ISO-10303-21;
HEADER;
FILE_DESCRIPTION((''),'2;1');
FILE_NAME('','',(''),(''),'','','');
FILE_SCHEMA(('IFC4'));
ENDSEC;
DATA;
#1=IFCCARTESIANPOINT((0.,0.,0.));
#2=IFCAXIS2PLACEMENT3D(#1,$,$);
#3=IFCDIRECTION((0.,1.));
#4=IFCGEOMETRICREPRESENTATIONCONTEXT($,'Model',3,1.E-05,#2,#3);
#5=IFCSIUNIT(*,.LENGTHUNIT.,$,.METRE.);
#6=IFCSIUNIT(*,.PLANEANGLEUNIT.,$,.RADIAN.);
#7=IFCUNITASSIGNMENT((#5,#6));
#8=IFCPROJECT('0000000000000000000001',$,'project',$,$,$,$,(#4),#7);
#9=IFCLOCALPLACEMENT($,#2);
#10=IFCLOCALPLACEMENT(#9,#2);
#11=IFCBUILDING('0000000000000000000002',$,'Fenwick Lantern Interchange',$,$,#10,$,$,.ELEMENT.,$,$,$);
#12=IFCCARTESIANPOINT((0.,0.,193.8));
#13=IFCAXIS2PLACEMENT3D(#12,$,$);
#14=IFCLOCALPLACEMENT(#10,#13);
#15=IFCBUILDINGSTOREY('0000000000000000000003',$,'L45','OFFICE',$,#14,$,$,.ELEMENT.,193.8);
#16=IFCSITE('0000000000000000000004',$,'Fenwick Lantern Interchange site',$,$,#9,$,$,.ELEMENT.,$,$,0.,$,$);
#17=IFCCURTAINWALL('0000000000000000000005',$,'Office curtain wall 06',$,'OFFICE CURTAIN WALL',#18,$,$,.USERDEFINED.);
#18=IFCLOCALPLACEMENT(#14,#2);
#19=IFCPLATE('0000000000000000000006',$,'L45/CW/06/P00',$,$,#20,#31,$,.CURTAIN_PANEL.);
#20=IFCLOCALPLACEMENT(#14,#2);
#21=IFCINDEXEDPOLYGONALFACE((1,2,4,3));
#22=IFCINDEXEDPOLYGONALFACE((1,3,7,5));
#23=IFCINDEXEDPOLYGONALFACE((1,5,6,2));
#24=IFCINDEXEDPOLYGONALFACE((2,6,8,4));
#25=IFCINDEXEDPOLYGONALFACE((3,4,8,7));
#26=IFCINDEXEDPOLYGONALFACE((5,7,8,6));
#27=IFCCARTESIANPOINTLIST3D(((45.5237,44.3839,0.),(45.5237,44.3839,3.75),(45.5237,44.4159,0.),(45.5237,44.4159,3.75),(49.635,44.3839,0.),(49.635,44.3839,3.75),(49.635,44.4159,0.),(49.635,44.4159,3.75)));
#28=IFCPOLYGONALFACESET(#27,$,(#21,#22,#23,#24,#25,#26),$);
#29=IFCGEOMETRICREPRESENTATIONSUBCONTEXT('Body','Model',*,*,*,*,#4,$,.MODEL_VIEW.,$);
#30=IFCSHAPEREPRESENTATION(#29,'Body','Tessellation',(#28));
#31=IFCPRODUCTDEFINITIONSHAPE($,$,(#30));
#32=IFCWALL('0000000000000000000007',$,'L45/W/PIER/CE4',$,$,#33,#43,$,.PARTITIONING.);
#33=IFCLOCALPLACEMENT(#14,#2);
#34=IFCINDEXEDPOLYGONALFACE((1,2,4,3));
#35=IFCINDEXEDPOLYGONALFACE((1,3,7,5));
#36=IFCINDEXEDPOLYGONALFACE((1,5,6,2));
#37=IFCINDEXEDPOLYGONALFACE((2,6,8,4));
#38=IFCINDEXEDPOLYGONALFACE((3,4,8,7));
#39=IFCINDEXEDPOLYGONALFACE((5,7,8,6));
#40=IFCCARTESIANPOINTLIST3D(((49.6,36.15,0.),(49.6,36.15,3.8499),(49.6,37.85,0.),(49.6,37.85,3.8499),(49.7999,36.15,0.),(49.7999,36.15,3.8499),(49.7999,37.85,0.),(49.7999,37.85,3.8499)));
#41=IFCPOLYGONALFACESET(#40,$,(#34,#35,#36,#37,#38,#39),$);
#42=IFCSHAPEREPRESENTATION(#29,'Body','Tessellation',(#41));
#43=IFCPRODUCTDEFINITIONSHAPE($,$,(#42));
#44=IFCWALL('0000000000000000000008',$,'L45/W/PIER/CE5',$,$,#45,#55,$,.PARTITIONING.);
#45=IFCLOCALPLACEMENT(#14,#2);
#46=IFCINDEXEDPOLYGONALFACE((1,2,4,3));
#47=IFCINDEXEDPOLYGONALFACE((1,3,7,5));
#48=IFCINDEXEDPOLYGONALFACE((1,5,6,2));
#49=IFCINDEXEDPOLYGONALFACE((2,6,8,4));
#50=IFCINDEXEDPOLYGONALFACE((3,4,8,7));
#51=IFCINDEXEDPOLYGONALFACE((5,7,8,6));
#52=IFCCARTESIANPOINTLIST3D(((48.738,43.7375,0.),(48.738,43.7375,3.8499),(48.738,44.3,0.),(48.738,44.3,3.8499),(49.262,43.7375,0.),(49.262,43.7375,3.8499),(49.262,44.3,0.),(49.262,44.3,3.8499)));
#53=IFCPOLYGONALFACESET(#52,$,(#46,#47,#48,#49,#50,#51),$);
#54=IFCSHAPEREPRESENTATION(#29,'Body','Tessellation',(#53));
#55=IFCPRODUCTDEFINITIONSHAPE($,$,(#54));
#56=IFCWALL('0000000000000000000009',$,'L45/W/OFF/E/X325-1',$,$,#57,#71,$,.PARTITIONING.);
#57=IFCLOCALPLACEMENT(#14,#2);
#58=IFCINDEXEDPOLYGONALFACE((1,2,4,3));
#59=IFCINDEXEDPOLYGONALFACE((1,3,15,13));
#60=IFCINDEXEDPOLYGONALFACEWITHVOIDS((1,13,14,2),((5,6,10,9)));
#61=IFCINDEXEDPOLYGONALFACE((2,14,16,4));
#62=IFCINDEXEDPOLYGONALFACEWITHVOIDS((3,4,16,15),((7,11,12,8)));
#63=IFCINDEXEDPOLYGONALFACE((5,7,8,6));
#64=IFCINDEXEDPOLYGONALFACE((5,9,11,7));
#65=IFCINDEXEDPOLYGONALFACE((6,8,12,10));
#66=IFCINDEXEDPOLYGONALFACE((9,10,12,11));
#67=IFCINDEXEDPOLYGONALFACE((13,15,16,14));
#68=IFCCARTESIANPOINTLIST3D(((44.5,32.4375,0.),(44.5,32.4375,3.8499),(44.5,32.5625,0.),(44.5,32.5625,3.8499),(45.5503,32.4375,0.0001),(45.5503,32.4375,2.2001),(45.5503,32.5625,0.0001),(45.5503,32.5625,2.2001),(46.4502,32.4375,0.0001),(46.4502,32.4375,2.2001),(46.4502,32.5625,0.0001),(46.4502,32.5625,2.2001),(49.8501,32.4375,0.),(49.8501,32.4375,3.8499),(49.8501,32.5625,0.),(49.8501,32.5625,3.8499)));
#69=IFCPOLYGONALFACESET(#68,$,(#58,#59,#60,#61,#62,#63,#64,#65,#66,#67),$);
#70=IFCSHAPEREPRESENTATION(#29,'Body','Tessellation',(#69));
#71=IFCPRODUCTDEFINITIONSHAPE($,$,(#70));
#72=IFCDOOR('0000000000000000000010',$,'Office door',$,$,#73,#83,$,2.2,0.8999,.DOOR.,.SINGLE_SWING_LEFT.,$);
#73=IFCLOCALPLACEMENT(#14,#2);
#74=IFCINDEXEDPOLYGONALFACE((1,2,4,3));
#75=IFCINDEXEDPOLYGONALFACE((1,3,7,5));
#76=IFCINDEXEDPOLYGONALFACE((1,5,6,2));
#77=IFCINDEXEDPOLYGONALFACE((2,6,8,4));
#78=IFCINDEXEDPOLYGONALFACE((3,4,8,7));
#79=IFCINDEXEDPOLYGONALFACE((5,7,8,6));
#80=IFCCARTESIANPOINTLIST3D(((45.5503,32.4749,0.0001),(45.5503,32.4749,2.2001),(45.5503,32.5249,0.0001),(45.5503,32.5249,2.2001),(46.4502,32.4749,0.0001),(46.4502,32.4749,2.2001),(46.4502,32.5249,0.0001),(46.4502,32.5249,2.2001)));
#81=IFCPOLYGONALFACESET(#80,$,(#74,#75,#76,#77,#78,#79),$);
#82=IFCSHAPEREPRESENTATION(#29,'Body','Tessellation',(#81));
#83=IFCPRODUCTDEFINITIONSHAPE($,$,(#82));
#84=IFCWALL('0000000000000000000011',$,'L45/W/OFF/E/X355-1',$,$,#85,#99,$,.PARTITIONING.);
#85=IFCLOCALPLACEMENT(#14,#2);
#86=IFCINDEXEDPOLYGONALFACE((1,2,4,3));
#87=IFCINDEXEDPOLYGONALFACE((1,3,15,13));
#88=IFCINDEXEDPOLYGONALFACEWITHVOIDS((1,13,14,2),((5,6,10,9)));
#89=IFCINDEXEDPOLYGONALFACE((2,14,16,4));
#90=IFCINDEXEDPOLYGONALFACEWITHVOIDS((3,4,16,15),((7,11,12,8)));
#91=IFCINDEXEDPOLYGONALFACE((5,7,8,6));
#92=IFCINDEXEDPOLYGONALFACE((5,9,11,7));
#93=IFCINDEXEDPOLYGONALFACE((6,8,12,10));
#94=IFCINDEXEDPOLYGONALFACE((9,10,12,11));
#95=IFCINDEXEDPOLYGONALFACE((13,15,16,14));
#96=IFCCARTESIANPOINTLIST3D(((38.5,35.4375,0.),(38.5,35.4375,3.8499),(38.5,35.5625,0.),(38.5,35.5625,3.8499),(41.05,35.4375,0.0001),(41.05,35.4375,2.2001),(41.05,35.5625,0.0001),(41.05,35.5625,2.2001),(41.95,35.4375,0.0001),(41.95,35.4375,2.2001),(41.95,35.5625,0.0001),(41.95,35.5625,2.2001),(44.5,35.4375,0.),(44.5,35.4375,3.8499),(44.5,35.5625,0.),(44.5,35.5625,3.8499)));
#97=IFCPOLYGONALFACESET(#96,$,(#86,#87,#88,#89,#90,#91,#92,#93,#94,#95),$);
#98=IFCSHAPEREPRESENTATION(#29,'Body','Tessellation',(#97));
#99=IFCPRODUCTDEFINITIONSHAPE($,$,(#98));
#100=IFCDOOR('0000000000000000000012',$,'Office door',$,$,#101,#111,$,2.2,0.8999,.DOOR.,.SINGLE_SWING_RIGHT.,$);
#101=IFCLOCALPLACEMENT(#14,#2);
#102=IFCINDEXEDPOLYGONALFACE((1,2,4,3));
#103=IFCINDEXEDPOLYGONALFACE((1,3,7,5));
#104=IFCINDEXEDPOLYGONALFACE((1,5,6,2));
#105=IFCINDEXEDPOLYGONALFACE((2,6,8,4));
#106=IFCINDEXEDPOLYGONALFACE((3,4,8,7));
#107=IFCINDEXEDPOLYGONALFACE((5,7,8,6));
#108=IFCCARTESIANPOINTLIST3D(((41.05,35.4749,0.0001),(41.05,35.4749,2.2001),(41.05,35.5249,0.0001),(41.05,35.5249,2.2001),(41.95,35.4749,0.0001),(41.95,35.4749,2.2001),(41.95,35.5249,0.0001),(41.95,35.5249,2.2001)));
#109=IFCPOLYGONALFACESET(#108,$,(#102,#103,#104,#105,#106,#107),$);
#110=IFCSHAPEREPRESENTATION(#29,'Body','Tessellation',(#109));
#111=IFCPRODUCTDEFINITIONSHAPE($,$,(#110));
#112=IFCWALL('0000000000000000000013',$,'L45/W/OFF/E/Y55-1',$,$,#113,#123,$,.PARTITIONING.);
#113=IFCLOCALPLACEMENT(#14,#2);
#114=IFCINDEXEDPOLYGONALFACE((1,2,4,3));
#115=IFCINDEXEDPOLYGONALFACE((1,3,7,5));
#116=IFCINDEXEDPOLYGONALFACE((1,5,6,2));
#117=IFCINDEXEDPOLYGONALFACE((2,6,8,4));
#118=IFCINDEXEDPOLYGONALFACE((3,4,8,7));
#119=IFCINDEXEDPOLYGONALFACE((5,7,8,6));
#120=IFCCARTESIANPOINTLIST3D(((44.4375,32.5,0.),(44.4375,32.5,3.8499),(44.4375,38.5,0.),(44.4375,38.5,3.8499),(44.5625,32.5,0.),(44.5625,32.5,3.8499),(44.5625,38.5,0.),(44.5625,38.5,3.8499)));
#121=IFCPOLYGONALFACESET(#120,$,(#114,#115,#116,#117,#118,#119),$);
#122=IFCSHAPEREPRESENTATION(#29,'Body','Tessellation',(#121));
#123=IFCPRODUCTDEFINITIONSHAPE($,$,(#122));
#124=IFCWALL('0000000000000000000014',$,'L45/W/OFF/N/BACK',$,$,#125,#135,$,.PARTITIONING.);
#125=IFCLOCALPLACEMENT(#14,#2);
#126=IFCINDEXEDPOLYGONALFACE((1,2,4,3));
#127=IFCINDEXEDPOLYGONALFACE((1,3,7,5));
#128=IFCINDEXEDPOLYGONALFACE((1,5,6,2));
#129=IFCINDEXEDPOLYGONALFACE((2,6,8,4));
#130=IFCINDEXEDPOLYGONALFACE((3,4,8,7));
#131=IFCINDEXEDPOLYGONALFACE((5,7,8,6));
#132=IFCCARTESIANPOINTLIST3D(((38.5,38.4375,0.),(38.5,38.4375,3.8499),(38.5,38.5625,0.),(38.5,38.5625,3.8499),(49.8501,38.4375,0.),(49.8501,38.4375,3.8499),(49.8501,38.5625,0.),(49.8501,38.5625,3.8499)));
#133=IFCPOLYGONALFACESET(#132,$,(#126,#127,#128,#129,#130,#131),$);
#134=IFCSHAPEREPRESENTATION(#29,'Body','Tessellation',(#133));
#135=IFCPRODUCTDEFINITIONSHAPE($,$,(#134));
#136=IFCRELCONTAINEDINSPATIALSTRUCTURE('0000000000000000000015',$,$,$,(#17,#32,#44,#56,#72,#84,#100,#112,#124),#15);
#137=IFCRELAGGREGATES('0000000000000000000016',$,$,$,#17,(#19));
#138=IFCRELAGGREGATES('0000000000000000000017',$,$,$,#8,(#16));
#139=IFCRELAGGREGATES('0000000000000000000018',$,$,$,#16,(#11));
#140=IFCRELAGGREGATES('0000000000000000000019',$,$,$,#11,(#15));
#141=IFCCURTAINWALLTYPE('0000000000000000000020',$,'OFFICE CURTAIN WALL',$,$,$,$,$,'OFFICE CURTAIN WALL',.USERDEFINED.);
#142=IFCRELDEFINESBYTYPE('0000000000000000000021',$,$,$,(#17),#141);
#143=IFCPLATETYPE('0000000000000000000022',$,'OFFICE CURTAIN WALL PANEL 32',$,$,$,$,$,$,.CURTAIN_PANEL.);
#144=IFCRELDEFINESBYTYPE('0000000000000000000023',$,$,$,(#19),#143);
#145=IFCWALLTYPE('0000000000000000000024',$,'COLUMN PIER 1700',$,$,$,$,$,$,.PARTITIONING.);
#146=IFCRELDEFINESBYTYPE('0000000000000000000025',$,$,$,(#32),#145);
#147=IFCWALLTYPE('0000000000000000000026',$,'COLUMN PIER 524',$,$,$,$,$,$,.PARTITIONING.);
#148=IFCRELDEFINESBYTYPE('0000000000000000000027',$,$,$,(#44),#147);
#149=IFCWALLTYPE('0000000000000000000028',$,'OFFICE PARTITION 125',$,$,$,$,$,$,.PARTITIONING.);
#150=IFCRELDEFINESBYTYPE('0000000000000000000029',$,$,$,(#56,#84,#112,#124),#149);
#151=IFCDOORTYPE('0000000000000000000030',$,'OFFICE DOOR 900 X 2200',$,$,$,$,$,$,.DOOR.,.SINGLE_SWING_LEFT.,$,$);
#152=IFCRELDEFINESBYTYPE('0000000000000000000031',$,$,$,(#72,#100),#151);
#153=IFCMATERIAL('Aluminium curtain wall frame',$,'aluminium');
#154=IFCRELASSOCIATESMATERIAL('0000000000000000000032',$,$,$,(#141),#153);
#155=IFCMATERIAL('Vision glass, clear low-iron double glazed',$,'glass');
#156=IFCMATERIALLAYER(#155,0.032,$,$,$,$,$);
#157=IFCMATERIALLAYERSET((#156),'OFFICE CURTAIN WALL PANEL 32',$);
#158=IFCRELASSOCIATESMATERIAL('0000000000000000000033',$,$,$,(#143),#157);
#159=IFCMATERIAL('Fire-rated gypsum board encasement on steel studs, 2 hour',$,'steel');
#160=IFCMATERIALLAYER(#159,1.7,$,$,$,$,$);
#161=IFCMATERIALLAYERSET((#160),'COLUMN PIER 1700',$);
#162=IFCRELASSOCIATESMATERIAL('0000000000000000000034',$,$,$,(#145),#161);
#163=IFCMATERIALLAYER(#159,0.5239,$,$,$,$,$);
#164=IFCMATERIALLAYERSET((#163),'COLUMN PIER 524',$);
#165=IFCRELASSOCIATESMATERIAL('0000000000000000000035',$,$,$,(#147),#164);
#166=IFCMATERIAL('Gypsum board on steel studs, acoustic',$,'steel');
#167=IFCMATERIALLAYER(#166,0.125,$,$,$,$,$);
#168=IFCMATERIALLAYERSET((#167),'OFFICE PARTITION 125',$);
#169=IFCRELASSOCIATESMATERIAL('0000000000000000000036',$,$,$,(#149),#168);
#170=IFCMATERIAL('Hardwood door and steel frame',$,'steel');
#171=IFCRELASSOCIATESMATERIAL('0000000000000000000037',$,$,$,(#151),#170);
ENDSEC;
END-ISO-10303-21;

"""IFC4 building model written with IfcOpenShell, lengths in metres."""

from ifc_helpers import new_model, si_unit, direction, frame, frame_2d, origin, origin_2d, place, context, subcontext, project, spatial, rectangle, extrude, material, layer, layer_set, type_object, element, fill, aggregate, save


model = new_model("IFC4")

# Units and contexts
model_context = context("Model", 3, precision=1e-05, world=origin(), true_north=direction((0.0, 1.0)))
body_context = subcontext(model_context, "Body", "Model", "MODEL_VIEW")
ifc_project = project(units=[si_unit("LENGTHUNIT", "METRE"), si_unit("PLANEANGLEUNIT", "RADIAN")], contexts=[model_context])

# Site, building, storey
site_placement = place(None, origin())
site = spatial("IfcSite", under=ifc_project, at=site_placement, Name="Fenwick Lantern Interchange site", CompositionType="ELEMENT", RefElevation=0.0)
building_placement = place(site_placement, origin())
building = spatial("IfcBuilding", under=site, at=building_placement, Name="Fenwick Lantern Interchange", CompositionType="ELEMENT")
storey_placement = place(building_placement, frame((0.0, 0.0, 193.8)))
storey = spatial("IfcBuildingStorey", under=building, at=storey_placement, Name="L45", Description="OFFICE", CompositionType="ELEMENT", Elevation=193.8)

# Curtain wall
ifc_material_1 = material(Name="Aluminium curtain wall frame", Category="aluminium")
curtain_wall_type = type_object("IfcCurtainWallType", Name="OFFICE CURTAIN WALL", ElementType="OFFICE CURTAIN WALL", PredefinedType="USERDEFINED", material=ifc_material_1)
curtain_wall_1_placement = place(storey_placement, origin())
curtain_wall_1 = element("IfcCurtainWall", 1, at=curtain_wall_1_placement, inside=storey, type_object=curtain_wall_type, Name="Office curtain wall 06", ObjectType="OFFICE CURTAIN WALL", PredefinedType="USERDEFINED")

# Plate
ifc_material_2 = material(Name="Vision glass, clear low-iron double glazed", Category="glass")
ifc_layer_1 = layer(ifc_material_2, 0.032)
ifc_layer_set_1 = layer_set([ifc_layer_1], Name="OFFICE CURTAIN WALL PANEL 32")
plate_type = type_object("IfcPlateType", Name="OFFICE CURTAIN WALL PANEL 32", PredefinedType="CURTAIN_PANEL", material=ifc_layer_set_1)
plate_placement = place(storey_placement, frame((47.5793, 44.3999, 0.0), z_axis=(0.0, 0.0, 1.0), x_axis=(-1.0, 0.0, 0.0)))
plate = element("IfcPlate", 2, at=plate_placement, type_object=plate_type, Name="L45/CW/06/P00", PredefinedType="CURTAIN_PANEL", context=body_context, shape_type="SweptSolid", body=[
    extrude(rectangle(XDim=4.1113, YDim=0.032, at=origin_2d()), origin(), (0.0, 0.0, 1.0), 3.75),
])
aggregate(curtain_wall_1, [plate])

# Walls
ifc_material_3 = material(Name="Fire-rated gypsum board encasement on steel studs, 2 hour", Category="steel")
ifc_layer_2 = layer(ifc_material_3, 1.7)
ifc_layer_set_2 = layer_set([ifc_layer_2], Name="COLUMN PIER 1700")
wall_type_1 = type_object("IfcWallType", Name="COLUMN PIER 1700", PredefinedType="PARTITIONING", material=ifc_layer_set_2)
wall_1_placement = place(storey_placement, frame((49.8, 37.0, 0.0), z_axis=(0.0, 0.0, 1.0), x_axis=(-1.0, 0.0, 0.0)))
element("IfcWall", 3, at=wall_1_placement, inside=storey, type_object=wall_type_1, Name="L45/W/PIER/CE4", PredefinedType="PARTITIONING", context=body_context, shape_type="SweptSolid", body=[
    extrude(rectangle(XDim=0.2, YDim=1.7, at=frame_2d((0.1001, 0.0))), origin(), (0.0, 0.0, 1.0), 3.8499),
])
ifc_layer_3 = layer(ifc_material_3, 0.5239)
ifc_layer_set_3 = layer_set([ifc_layer_3], Name="COLUMN PIER 524")
wall_type_2 = type_object("IfcWallType", Name="COLUMN PIER 524", PredefinedType="PARTITIONING", material=ifc_layer_set_3)
wall_2_placement = place(storey_placement, frame((49.0, 44.3, 0.0), z_axis=(0.0, 0.0, 1.0), x_axis=(0.0, -1.0, 0.0)))
element("IfcWall", 4, at=wall_2_placement, inside=storey, type_object=wall_type_2, Name="L45/W/PIER/CE5", PredefinedType="PARTITIONING", context=body_context, shape_type="SweptSolid", body=[
    extrude(rectangle(XDim=0.5625, YDim=0.5239, at=frame_2d((0.2812, 0.0))), origin(), (0.0, 0.0, 1.0), 3.8499),
])

# Walls, openings, doors
ifc_material_4 = material(Name="Gypsum board on steel studs, acoustic", Category="steel")
ifc_layer_4 = layer(ifc_material_4, 0.125)
ifc_layer_set_4 = layer_set([ifc_layer_4], Name="OFFICE PARTITION 125")
wall_type_3 = type_object("IfcWallType", Name="OFFICE PARTITION 125", PredefinedType="PARTITIONING", material=ifc_layer_set_4)
wall_3_placement = place(storey_placement, frame((49.8501, 32.5, 0.0), z_axis=(0.0, 0.0, 1.0), x_axis=(-1.0, 0.0, 0.0)))
wall_3 = element("IfcWall", 5, at=wall_3_placement, inside=storey, type_object=wall_type_3, Name="L45/W/OFF/E/X325-1", PredefinedType="PARTITIONING", context=body_context, shape_type="SweptSolid", body=[
    extrude(rectangle(XDim=5.3501, YDim=0.125, at=frame_2d((2.675, 0.0))), origin(), (0.0, 0.0, 1.0), 3.8499),
])
opening_1_placement = place(wall_3_placement, frame((3.3999, 0.0, 0.0)))
opening_1 = element("IfcOpeningElement", 6, at=opening_1_placement, cuts=wall_3, PredefinedType="OPENING", context=body_context, shape_type="SweptSolid", body=[
    extrude(rectangle(XDim=0.8999, YDim=2.2, at=frame_2d((0.45, 1.1001))), frame((0.0, 0.0725, 0.0), z_axis=(0.0, -1.0, 0.0), x_axis=(1.0, 0.0, 0.0)), (0.0, 0.0, 1.0), 0.145),
])
ifc_material_5 = material(Name="Hardwood door and steel frame", Category="steel")
door_type = type_object("IfcDoorType", Name="OFFICE DOOR 900 X 2200", OperationType="SINGLE_SWING_LEFT", PredefinedType="DOOR", material=ifc_material_5)
door_1_placement = place(opening_1_placement, frame((0.8999, 0.0, 0.0), z_axis=(0.0, 0.0, 1.0), x_axis=(-1.0, 0.0, 0.0)))
door_1 = element("IfcDoor", 7, at=door_1_placement, inside=storey, type_object=door_type, Name="Office door", OperationType="SINGLE_SWING_LEFT", OverallHeight=2.2, OverallWidth=0.8999, PredefinedType="DOOR", context=body_context, shape_type="SweptSolid", body=[
    extrude(rectangle(XDim=0.8999, YDim=2.2, at=frame_2d((0.45, 1.1001))), frame((0.0, 0.0249, 0.0), z_axis=(0.0, -1.0, 0.0), x_axis=(1.0, 0.0, 0.0)), (0.0, 0.0, 1.0), 0.05),
])
fill(opening_1, door_1)
wall_4_placement = place(storey_placement, frame((44.5, 35.5, 0.0), z_axis=(0.0, 0.0, 1.0), x_axis=(-1.0, 0.0, 0.0)))
wall_4 = element("IfcWall", 8, at=wall_4_placement, inside=storey, type_object=wall_type_3, Name="L45/W/OFF/E/X355-1", PredefinedType="PARTITIONING", context=body_context, shape_type="SweptSolid", body=[
    extrude(rectangle(XDim=6.0, YDim=0.125, at=frame_2d((3.0, 0.0))), origin(), (0.0, 0.0, 1.0), 3.8499),
])
opening_2_placement = place(wall_4_placement, frame((2.55, 0.0, 0.0)))
opening_2 = element("IfcOpeningElement", 9, at=opening_2_placement, cuts=wall_4, PredefinedType="OPENING", context=body_context, shape_type="SweptSolid", body=[
    extrude(rectangle(XDim=0.8999, YDim=2.2, at=frame_2d((0.45, 1.1001))), frame((0.0, 0.0725, 0.0), z_axis=(0.0, -1.0, 0.0), x_axis=(1.0, 0.0, 0.0)), (0.0, 0.0, 1.0), 0.145),
])
door_2_placement = place(opening_2_placement, frame((0.8999, 0.0, 0.0), z_axis=(0.0, 0.0, 1.0), x_axis=(-1.0, 0.0, 0.0)))
door_2 = element("IfcDoor", 10, at=door_2_placement, inside=storey, type_object=door_type, Name="Office door", OperationType="SINGLE_SWING_RIGHT", OverallHeight=2.2, OverallWidth=0.8999, PredefinedType="DOOR", context=body_context, shape_type="SweptSolid", body=[
    extrude(rectangle(XDim=0.8999, YDim=2.2, at=frame_2d((0.45, 1.1001))), frame((0.0, 0.0249, 0.0), z_axis=(0.0, -1.0, 0.0), x_axis=(1.0, 0.0, 0.0)), (0.0, 0.0, 1.0), 0.05),
])
fill(opening_2, door_2)

# Walls
wall_5_placement = place(storey_placement, frame((44.5, 32.5, 0.0), z_axis=(0.0, 0.0, 1.0), x_axis=(0.0, 1.0, 0.0)))
element("IfcWall", 11, at=wall_5_placement, inside=storey, type_object=wall_type_3, Name="L45/W/OFF/E/Y55-1", PredefinedType="PARTITIONING", context=body_context, shape_type="SweptSolid", body=[
    extrude(rectangle(XDim=6.0, YDim=0.125, at=frame_2d((3.0, 0.0))), origin(), (0.0, 0.0, 1.0), 3.8499),
])
wall_6_placement = place(storey_placement, frame((49.8501, 38.5, 0.0), z_axis=(0.0, 0.0, 1.0), x_axis=(-1.0, 0.0, 0.0)))
element("IfcWall", 12, at=wall_6_placement, inside=storey, type_object=wall_type_3, Name="L45/W/OFF/N/BACK", PredefinedType="PARTITIONING", context=body_context, shape_type="SweptSolid", body=[
    extrude(rectangle(XDim=11.3501, YDim=0.125, at=frame_2d((5.675, 0.0))), origin(), (0.0, 0.0, 1.0), 3.8499),
])

save(model, "model.ifc")
